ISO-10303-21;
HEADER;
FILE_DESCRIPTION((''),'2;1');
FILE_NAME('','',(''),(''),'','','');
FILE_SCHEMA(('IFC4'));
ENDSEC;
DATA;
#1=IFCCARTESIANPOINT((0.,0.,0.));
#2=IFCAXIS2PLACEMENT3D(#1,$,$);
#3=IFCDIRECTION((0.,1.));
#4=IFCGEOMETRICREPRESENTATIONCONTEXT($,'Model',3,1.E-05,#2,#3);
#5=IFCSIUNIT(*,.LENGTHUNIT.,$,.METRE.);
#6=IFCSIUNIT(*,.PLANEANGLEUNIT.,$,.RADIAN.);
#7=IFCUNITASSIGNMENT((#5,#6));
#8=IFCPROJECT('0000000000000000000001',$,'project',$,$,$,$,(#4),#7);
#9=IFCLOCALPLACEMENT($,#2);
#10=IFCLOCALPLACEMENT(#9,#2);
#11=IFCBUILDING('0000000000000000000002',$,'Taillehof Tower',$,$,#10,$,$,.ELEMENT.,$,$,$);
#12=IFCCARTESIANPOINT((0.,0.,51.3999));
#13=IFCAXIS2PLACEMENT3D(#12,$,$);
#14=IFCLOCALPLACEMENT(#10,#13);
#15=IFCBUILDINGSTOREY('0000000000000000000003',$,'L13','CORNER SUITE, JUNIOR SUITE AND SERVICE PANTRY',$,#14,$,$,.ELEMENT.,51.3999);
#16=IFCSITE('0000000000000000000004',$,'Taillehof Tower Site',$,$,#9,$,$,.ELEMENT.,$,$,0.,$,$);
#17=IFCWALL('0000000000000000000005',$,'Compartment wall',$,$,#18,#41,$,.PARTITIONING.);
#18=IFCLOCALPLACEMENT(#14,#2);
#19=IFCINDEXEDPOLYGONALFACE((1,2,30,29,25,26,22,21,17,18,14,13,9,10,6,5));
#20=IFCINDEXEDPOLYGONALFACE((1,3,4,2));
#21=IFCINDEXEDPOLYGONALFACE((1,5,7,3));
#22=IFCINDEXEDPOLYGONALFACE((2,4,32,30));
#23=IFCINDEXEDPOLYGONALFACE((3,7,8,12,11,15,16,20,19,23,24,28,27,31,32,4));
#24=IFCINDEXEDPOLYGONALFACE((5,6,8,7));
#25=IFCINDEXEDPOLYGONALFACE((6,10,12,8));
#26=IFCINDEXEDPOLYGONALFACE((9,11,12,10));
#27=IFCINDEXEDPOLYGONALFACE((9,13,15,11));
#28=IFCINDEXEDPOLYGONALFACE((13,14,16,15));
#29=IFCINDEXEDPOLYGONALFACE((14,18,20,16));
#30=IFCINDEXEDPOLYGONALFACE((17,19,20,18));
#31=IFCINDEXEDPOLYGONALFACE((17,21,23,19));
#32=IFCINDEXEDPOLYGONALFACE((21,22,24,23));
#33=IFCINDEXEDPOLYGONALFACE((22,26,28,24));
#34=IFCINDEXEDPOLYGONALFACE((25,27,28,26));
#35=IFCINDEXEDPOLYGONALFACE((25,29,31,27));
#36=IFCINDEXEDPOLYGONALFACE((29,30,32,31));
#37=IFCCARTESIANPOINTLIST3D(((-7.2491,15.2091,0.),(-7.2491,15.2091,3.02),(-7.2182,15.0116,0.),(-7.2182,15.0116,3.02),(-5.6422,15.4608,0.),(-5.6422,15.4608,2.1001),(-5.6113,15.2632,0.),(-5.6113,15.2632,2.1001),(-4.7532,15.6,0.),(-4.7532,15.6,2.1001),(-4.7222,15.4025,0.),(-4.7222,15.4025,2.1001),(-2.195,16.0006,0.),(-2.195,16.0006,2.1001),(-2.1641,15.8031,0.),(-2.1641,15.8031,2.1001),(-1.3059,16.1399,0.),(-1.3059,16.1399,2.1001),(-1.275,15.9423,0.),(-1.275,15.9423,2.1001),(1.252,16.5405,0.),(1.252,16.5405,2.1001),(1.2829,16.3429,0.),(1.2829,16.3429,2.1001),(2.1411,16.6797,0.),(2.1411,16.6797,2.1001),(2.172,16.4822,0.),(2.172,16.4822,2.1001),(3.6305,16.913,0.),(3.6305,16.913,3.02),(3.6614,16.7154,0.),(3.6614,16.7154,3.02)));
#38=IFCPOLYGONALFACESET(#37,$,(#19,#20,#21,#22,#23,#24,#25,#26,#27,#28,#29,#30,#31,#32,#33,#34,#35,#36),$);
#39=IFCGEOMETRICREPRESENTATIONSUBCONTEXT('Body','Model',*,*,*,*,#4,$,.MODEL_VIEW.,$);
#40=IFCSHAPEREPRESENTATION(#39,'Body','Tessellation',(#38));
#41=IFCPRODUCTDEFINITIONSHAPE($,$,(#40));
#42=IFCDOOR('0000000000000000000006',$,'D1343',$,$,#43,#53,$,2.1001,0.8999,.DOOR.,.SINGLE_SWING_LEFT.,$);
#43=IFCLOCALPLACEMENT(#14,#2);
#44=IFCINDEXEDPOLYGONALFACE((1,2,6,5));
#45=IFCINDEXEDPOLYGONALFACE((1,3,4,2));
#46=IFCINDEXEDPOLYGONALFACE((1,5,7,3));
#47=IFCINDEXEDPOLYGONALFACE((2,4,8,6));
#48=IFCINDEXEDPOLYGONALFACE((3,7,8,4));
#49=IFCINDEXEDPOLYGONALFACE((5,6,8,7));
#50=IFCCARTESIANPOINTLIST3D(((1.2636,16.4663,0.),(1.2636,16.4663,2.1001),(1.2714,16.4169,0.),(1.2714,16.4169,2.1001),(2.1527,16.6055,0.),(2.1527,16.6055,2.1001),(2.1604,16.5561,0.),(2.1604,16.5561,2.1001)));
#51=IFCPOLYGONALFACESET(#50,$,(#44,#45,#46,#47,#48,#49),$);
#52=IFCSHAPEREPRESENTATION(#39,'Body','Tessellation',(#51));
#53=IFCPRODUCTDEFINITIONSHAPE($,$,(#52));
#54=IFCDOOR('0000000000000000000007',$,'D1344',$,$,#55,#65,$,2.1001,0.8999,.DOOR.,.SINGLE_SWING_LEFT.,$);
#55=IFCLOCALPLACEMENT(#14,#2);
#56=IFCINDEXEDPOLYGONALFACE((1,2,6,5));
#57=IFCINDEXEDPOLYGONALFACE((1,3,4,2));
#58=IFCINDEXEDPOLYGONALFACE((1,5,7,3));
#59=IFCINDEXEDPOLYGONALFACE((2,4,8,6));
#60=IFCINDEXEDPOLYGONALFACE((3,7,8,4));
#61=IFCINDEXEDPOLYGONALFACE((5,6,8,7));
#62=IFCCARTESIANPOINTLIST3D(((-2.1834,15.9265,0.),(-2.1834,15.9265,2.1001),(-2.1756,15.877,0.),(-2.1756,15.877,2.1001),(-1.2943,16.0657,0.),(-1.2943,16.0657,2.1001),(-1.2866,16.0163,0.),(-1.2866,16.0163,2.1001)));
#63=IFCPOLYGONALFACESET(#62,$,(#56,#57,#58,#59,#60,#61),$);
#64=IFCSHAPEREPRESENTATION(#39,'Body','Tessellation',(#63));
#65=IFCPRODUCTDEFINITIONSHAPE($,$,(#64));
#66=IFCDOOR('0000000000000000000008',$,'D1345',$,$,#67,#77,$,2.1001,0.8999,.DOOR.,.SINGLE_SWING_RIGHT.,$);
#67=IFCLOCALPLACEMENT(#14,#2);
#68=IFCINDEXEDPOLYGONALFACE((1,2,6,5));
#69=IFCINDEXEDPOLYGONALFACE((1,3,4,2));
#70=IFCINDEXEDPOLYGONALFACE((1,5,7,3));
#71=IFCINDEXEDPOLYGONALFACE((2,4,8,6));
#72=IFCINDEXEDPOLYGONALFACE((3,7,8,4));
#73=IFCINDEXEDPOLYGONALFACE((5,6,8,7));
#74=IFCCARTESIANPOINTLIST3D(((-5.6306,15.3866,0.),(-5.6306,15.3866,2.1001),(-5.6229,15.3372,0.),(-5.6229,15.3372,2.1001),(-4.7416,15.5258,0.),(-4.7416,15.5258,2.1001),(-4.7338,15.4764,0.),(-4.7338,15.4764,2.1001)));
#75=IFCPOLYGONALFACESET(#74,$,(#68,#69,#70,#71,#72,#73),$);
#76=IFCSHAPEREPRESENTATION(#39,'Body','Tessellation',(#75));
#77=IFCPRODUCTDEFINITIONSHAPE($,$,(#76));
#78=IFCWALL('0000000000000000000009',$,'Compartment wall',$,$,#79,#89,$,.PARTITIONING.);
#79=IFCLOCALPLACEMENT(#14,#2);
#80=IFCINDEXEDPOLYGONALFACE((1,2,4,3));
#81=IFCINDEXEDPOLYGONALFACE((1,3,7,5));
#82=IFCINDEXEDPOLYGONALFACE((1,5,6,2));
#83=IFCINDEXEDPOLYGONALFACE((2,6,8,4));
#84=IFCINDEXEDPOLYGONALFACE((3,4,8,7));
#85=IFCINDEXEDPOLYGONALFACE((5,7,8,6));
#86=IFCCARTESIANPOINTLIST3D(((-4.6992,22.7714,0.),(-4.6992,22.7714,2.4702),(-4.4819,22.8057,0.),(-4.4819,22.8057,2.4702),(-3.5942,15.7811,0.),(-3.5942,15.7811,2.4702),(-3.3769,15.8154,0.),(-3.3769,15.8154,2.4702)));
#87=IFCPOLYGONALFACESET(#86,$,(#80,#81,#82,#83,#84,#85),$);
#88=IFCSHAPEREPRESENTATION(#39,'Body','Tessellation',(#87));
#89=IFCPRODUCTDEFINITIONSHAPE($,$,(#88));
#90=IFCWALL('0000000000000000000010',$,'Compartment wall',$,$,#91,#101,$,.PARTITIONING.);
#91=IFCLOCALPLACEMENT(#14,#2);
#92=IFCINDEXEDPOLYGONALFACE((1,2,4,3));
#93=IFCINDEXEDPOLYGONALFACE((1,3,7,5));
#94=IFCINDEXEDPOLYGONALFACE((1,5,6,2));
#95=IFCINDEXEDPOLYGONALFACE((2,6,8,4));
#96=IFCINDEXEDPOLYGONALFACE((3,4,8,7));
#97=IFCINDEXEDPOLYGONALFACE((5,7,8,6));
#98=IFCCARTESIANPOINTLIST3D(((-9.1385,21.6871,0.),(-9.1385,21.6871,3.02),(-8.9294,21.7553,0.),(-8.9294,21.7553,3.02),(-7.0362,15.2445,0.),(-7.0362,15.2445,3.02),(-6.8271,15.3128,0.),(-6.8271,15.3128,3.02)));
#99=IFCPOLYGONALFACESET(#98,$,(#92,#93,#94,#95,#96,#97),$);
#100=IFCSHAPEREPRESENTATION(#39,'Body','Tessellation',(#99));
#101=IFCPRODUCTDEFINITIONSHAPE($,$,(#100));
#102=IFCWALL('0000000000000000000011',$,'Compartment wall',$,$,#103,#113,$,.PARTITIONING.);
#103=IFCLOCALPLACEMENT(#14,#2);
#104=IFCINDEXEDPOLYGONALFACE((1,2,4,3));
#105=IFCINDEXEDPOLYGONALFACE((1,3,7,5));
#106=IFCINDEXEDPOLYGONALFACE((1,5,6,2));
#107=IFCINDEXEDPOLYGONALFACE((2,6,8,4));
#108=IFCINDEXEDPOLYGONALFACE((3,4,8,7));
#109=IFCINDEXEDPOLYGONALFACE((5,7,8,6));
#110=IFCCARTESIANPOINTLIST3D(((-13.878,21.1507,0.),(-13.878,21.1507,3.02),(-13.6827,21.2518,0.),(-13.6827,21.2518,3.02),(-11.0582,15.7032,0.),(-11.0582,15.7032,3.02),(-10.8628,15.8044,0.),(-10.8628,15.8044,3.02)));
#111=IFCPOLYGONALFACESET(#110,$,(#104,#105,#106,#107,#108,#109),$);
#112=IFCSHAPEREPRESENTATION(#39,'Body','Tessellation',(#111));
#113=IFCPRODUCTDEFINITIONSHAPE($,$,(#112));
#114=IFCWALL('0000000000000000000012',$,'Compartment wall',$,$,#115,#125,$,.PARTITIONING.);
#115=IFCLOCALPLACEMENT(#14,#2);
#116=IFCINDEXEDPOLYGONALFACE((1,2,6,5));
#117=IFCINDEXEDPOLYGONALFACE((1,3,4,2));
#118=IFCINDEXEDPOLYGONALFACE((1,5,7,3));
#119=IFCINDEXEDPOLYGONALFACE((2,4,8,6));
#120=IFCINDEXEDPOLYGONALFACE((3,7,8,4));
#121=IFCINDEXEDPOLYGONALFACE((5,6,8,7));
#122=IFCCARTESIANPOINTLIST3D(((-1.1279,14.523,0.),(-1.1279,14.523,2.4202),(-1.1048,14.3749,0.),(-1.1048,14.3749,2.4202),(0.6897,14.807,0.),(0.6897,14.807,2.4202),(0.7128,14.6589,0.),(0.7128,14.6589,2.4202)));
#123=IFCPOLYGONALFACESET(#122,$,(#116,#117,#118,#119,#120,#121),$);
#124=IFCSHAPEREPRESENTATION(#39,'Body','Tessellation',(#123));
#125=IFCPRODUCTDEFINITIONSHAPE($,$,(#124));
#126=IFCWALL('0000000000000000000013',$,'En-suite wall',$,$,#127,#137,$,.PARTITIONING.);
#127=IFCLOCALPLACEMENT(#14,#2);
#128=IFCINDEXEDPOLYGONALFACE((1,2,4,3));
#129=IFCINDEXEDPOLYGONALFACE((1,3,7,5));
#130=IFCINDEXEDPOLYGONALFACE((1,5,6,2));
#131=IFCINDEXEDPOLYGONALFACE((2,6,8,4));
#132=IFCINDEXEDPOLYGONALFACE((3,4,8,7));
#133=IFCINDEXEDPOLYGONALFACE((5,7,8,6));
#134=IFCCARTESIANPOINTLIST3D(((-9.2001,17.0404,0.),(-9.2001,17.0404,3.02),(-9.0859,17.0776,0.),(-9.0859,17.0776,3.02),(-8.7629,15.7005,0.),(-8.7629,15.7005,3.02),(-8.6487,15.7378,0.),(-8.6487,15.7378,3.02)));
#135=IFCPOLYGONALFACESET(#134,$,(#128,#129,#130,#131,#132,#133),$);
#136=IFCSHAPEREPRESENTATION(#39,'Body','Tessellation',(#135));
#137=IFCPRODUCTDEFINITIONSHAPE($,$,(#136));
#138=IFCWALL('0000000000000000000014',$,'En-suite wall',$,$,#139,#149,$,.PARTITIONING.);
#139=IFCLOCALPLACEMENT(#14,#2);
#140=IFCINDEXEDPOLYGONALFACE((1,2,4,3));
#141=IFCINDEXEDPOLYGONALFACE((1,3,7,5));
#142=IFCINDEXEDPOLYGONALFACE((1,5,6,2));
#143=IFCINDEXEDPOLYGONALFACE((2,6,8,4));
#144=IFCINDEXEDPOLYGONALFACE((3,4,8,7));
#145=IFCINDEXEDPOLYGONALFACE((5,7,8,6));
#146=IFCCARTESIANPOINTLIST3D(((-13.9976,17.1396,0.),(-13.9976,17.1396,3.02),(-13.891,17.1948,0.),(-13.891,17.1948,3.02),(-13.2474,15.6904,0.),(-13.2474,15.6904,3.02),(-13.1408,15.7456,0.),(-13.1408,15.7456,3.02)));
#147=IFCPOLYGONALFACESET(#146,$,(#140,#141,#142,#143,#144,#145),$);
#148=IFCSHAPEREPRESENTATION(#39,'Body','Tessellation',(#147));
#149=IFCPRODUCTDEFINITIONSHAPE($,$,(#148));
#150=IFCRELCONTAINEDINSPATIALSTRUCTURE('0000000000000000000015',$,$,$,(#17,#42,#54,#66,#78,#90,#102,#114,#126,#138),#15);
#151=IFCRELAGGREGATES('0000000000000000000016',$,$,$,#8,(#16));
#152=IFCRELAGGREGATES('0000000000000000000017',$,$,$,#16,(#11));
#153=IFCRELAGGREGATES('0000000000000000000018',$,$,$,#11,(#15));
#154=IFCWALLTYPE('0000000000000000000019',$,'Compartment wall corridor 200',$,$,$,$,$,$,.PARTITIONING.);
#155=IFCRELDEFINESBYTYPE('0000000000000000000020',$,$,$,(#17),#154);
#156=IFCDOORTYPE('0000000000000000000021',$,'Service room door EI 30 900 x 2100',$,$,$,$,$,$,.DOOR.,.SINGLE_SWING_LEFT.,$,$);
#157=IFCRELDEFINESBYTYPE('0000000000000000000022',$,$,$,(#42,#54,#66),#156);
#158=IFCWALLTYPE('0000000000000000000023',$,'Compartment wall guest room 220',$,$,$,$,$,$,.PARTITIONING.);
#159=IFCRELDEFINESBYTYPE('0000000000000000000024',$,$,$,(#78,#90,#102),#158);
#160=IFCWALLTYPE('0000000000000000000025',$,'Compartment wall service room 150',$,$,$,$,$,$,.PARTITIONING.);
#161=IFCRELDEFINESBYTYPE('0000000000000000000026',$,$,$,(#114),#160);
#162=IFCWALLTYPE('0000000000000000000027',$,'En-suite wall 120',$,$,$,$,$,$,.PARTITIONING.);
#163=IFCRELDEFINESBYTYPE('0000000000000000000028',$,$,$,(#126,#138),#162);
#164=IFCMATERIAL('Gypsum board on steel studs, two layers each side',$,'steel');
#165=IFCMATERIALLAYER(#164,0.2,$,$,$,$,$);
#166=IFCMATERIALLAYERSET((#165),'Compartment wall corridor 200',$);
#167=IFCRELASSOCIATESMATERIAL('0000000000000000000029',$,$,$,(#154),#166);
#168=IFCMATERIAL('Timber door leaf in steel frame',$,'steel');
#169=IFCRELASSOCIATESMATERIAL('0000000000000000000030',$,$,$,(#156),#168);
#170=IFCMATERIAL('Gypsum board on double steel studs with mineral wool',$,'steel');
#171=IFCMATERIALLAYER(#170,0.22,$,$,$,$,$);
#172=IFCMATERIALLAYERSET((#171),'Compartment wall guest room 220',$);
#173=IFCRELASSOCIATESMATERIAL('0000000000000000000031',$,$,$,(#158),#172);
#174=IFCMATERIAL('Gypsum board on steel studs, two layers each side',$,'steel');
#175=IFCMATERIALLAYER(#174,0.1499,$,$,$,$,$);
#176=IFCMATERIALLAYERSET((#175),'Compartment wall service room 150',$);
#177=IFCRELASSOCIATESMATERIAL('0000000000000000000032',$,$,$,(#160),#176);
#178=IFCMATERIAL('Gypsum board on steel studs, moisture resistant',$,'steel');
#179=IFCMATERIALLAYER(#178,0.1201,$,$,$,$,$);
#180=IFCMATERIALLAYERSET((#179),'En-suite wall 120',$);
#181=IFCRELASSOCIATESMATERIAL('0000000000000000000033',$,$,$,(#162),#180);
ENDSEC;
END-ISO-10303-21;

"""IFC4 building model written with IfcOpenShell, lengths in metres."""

from ifc_helpers import new_model, si_unit, direction, frame, frame_2d, origin, place, context, subcontext, project, spatial, rectangle, extrude, material, layer, layer_set, type_object, element, fill, save


model = new_model("IFC4")

# Units and contexts
model_context = context("Model", 3, precision=1e-05, world=origin(), true_north=direction((0.0, 1.0)))
body_context = subcontext(model_context, "Body", "Model", "MODEL_VIEW")
ifc_project = project(units=[si_unit("LENGTHUNIT", "METRE"), si_unit("PLANEANGLEUNIT", "RADIAN")], contexts=[model_context])

# Site, building, storey
site_placement = place(None, origin())
site = spatial("IfcSite", under=ifc_project, at=site_placement, Name="Taillehof Tower Site", CompositionType="ELEMENT", RefElevation=0.0)
building_placement = place(site_placement, origin())
building = spatial("IfcBuilding", under=site, at=building_placement, Name="Taillehof Tower", CompositionType="ELEMENT")
storey_placement = place(building_placement, frame((0.0, 0.0, 51.3999)))
storey = spatial("IfcBuildingStorey", under=building, at=storey_placement, Name="L13", Description="CORNER SUITE, JUNIOR SUITE AND SERVICE PANTRY", CompositionType="ELEMENT", Elevation=51.3999)

# Shared definitions
ifc_material_1 = material(Name="Gypsum board on steel studs, two layers each side", Category="steel")
ifc_layer_1 = layer(ifc_material_1, 0.2)
ifc_layer_set_1 = layer_set([ifc_layer_1], Name="Compartment wall corridor 200")
wall_type_1 = type_object("IfcWallType", Name="Compartment wall corridor 200", PredefinedType="PARTITIONING", material=ifc_layer_set_1)

# Wall, openings, doors
wall_1_placement = place(storey_placement, frame((-7.2336, 15.1104, 0.0), z_axis=(0.0, 0.0, 1.0), x_axis=(0.987958, 0.154724, 0.0)))
wall_1 = element("IfcWall", 1, at=wall_1_placement, inside=storey, type_object=wall_type_1, Name="Compartment wall", PredefinedType="PARTITIONING", context=body_context, shape_type="SweptSolid", body=[
    extrude(rectangle(XDim=11.0122, YDim=0.2, at=frame_2d((5.5061, 0.0))), origin(), (0.0, 0.0, 1.0), 3.02),
])
opening_1_placement = place(wall_1_placement, frame((8.6047, 0.0, 0.0)))
opening_1 = element("IfcOpeningElement", 2, at=opening_1_placement, cuts=wall_1, PredefinedType="OPENING", context=body_context, shape_type="SweptSolid", body=[
    extrude(rectangle(XDim=0.8999, YDim=2.1001, at=frame_2d((0.45, 1.05))), frame((0.0, 0.1099, 0.0), z_axis=(0.0, -1.0, 0.0), x_axis=(1.0, 0.0, 0.0)), (0.0, 0.0, 1.0), 0.22),
])
opening_2_placement = place(wall_1_placement, frame((5.1157, 0.0, 0.0)))
opening_2 = element("IfcOpeningElement", 3, at=opening_2_placement, cuts=wall_1, PredefinedType="OPENING", context=body_context, shape_type="SweptSolid", body=[
    extrude(rectangle(XDim=0.8999, YDim=2.1001, at=frame_2d((0.45, 1.05))), frame((0.0, 0.1099, 0.0), z_axis=(0.0, -1.0, 0.0), x_axis=(1.0, 0.0, 0.0)), (0.0, 0.0, 1.0), 0.22),
])
opening_3_placement = place(wall_1_placement, frame((1.6265, 0.0, 0.0)))
opening_3 = element("IfcOpeningElement", 4, at=opening_3_placement, cuts=wall_1, PredefinedType="OPENING", context=body_context, shape_type="SweptSolid", body=[
    extrude(rectangle(XDim=0.8999, YDim=2.1001, at=frame_2d((0.45, 1.05))), frame((0.0, 0.1099, 0.0), z_axis=(0.0, -1.0, 0.0), x_axis=(1.0, 0.0, 0.0)), (0.0, 0.0, 1.0), 0.22),
])
ifc_material_2 = material(Name="Timber door leaf in steel frame", Category="steel")
door_type_1 = type_object("IfcDoorType", Name="Service room door EI 30 900 x 2100", OperationType="SINGLE_SWING_LEFT", PredefinedType="DOOR", material=ifc_material_2)
door_1_placement = place(opening_1_placement, origin())
door_1 = element("IfcDoor", 5, at=door_1_placement, inside=storey, type_object=door_type_1, Name="D1343", OperationType="SINGLE_SWING_LEFT", OverallHeight=2.1001, OverallWidth=0.8999, PredefinedType="DOOR", context=body_context, shape_type="SweptSolid", body=[
    extrude(rectangle(XDim=0.8999, YDim=2.1001, at=frame_2d((0.45, 1.05))), frame((0.0, 0.0249, 0.0), z_axis=(0.0, -1.0, 0.0), x_axis=(1.0, 0.0, 0.0)), (0.0, 0.0, 1.0), 0.05),
])
fill(opening_1, door_1)
door_2_placement = place(opening_2_placement, origin())
door_2 = element("IfcDoor", 6, at=door_2_placement, inside=storey, type_object=door_type_1, Name="D1344", OperationType="SINGLE_SWING_LEFT", OverallHeight=2.1001, OverallWidth=0.8999, PredefinedType="DOOR", context=body_context, shape_type="SweptSolid", body=[
    extrude(rectangle(XDim=0.8999, YDim=2.1001, at=frame_2d((0.45, 1.05))), frame((0.0, 0.0249, 0.0), z_axis=(0.0, -1.0, 0.0), x_axis=(1.0, 0.0, 0.0)), (0.0, 0.0, 1.0), 0.05),
])
fill(opening_2, door_2)
door_3_placement = place(opening_3_placement, origin())
door_3 = element("IfcDoor", 7, at=door_3_placement, inside=storey, type_object=door_type_1, Name="D1345", OperationType="SINGLE_SWING_RIGHT", OverallHeight=2.1001, OverallWidth=0.8999, PredefinedType="DOOR", context=body_context, shape_type="SweptSolid", body=[
    extrude(rectangle(XDim=0.8999, YDim=2.1001, at=frame_2d((0.45, 1.05))), frame((0.0, 0.0249, 0.0), z_axis=(0.0, -1.0, 0.0), x_axis=(1.0, 0.0, 0.0)), (0.0, 0.0, 1.0), 0.05),
])
fill(opening_3, door_3)

# Walls
ifc_material_3 = material(Name="Gypsum board on double steel studs with mineral wool", Category="steel")
ifc_layer_2 = layer(ifc_material_3, 0.22)
ifc_layer_set_2 = layer_set([ifc_layer_2], Name="Compartment wall guest room 220")
wall_type_2 = type_object("IfcWallType", Name="Compartment wall guest room 220", PredefinedType="PARTITIONING", material=ifc_layer_set_2)
wall_2_placement = place(storey_placement, frame((-4.5906, 22.7886, 0.0), z_axis=(0.0, 0.0, 1.0), x_axis=(0.156136, -0.987736, 0.0)))
element("IfcWall", 8, at=wall_2_placement, inside=storey, type_object=wall_type_2, Name="Compartment wall", PredefinedType="PARTITIONING", context=body_context, shape_type="SweptSolid", body=[
    extrude(rectangle(XDim=7.0771, YDim=0.22, at=frame_2d((3.5386, 0.0))), origin(), (0.0, 0.0, 1.0), 2.4702),
])
wall_3_placement = place(storey_placement, frame((-9.0339, 21.7212, 0.0), z_axis=(0.0, 0.0, 1.0), x_axis=(0.310212, -0.950667, 0.0)))
element("IfcWall", 9, at=wall_3_placement, inside=storey, type_object=wall_type_2, Name="Compartment wall", PredefinedType="PARTITIONING", context=body_context, shape_type="SweptSolid", body=[
    extrude(rectangle(XDim=6.7769, YDim=0.22, at=frame_2d((3.3884, 0.0))), origin(), (0.0, 0.0, 1.0), 3.02),
])
wall_4_placement = place(storey_placement, frame((-13.7803, 21.2012, 0.0), z_axis=(0.0, 0.0, 1.0), x_axis=(0.459699, -0.888075, 0.0)))
element("IfcWall", 10, at=wall_4_placement, inside=storey, type_object=wall_type_2, Name="Compartment wall", PredefinedType="PARTITIONING", context=body_context, shape_type="SweptSolid", body=[
    extrude(rectangle(XDim=6.134, YDim=0.22, at=frame_2d((3.0669, 0.0))), origin(), (0.0, 0.0, 1.0), 3.02),
])
ifc_material_4 = material(Name="Gypsum board on steel studs, two layers each side", Category="steel")
ifc_layer_3 = layer(ifc_material_4, 0.1499)
ifc_layer_set_3 = layer_set([ifc_layer_3], Name="Compartment wall service room 150")
wall_type_3 = type_object("IfcWallType", Name="Compartment wall service room 150", PredefinedType="PARTITIONING", material=ifc_layer_set_3)
wall_5_placement = place(storey_placement, frame((-1.1165, 14.449, 0.0), z_axis=(0.0, 0.0, 1.0), x_axis=(0.988018, 0.15434, 0.0)))
element("IfcWall", 11, at=wall_5_placement, inside=storey, type_object=wall_type_3, Name="Compartment wall", PredefinedType="PARTITIONING", context=body_context, shape_type="SweptSolid", body=[
    extrude(rectangle(XDim=1.8396, YDim=0.1499, at=frame_2d((0.9199, 0.0))), origin(), (0.0, 0.0, 1.0), 2.4202),
])
ifc_material_5 = material(Name="Gypsum board on steel studs, moisture resistant", Category="steel")
ifc_layer_4 = layer(ifc_material_5, 0.1201)
ifc_layer_set_4 = layer_set([ifc_layer_4], Name="En-suite wall 120")
wall_type_4 = type_object("IfcWallType", Name="En-suite wall 120", PredefinedType="PARTITIONING", material=ifc_layer_set_4)
wall_6_placement = place(storey_placement, frame((-8.7058, 15.7192, 0.0), z_axis=(0.0, 0.0, 1.0), x_axis=(-0.310245, 0.950657, 0.0)))
element("IfcWall", 12, at=wall_6_placement, inside=storey, type_object=wall_type_4, Name="En-suite wall", PredefinedType="PARTITIONING", context=body_context, shape_type="SweptSolid", body=[
    extrude(rectangle(XDim=1.4094, YDim=0.1201, at=frame_2d((0.7046, 0.0))), origin(), (0.0, 0.0, 1.0), 3.02),
])
wall_7_placement = place(storey_placement, frame((-13.1941, 15.718, 0.0), z_axis=(0.0, 0.0, 1.0), x_axis=(-0.459736, 0.888055, 0.0)))
element("IfcWall", 13, at=wall_7_placement, inside=storey, type_object=wall_type_4, Name="En-suite wall", PredefinedType="PARTITIONING", context=body_context, shape_type="SweptSolid", body=[
    extrude(rectangle(XDim=1.6318, YDim=0.1201, at=frame_2d((0.8159, 0.0))), origin(), (0.0, 0.0, 1.0), 3.02),
])

save(model, "model.ifc")
